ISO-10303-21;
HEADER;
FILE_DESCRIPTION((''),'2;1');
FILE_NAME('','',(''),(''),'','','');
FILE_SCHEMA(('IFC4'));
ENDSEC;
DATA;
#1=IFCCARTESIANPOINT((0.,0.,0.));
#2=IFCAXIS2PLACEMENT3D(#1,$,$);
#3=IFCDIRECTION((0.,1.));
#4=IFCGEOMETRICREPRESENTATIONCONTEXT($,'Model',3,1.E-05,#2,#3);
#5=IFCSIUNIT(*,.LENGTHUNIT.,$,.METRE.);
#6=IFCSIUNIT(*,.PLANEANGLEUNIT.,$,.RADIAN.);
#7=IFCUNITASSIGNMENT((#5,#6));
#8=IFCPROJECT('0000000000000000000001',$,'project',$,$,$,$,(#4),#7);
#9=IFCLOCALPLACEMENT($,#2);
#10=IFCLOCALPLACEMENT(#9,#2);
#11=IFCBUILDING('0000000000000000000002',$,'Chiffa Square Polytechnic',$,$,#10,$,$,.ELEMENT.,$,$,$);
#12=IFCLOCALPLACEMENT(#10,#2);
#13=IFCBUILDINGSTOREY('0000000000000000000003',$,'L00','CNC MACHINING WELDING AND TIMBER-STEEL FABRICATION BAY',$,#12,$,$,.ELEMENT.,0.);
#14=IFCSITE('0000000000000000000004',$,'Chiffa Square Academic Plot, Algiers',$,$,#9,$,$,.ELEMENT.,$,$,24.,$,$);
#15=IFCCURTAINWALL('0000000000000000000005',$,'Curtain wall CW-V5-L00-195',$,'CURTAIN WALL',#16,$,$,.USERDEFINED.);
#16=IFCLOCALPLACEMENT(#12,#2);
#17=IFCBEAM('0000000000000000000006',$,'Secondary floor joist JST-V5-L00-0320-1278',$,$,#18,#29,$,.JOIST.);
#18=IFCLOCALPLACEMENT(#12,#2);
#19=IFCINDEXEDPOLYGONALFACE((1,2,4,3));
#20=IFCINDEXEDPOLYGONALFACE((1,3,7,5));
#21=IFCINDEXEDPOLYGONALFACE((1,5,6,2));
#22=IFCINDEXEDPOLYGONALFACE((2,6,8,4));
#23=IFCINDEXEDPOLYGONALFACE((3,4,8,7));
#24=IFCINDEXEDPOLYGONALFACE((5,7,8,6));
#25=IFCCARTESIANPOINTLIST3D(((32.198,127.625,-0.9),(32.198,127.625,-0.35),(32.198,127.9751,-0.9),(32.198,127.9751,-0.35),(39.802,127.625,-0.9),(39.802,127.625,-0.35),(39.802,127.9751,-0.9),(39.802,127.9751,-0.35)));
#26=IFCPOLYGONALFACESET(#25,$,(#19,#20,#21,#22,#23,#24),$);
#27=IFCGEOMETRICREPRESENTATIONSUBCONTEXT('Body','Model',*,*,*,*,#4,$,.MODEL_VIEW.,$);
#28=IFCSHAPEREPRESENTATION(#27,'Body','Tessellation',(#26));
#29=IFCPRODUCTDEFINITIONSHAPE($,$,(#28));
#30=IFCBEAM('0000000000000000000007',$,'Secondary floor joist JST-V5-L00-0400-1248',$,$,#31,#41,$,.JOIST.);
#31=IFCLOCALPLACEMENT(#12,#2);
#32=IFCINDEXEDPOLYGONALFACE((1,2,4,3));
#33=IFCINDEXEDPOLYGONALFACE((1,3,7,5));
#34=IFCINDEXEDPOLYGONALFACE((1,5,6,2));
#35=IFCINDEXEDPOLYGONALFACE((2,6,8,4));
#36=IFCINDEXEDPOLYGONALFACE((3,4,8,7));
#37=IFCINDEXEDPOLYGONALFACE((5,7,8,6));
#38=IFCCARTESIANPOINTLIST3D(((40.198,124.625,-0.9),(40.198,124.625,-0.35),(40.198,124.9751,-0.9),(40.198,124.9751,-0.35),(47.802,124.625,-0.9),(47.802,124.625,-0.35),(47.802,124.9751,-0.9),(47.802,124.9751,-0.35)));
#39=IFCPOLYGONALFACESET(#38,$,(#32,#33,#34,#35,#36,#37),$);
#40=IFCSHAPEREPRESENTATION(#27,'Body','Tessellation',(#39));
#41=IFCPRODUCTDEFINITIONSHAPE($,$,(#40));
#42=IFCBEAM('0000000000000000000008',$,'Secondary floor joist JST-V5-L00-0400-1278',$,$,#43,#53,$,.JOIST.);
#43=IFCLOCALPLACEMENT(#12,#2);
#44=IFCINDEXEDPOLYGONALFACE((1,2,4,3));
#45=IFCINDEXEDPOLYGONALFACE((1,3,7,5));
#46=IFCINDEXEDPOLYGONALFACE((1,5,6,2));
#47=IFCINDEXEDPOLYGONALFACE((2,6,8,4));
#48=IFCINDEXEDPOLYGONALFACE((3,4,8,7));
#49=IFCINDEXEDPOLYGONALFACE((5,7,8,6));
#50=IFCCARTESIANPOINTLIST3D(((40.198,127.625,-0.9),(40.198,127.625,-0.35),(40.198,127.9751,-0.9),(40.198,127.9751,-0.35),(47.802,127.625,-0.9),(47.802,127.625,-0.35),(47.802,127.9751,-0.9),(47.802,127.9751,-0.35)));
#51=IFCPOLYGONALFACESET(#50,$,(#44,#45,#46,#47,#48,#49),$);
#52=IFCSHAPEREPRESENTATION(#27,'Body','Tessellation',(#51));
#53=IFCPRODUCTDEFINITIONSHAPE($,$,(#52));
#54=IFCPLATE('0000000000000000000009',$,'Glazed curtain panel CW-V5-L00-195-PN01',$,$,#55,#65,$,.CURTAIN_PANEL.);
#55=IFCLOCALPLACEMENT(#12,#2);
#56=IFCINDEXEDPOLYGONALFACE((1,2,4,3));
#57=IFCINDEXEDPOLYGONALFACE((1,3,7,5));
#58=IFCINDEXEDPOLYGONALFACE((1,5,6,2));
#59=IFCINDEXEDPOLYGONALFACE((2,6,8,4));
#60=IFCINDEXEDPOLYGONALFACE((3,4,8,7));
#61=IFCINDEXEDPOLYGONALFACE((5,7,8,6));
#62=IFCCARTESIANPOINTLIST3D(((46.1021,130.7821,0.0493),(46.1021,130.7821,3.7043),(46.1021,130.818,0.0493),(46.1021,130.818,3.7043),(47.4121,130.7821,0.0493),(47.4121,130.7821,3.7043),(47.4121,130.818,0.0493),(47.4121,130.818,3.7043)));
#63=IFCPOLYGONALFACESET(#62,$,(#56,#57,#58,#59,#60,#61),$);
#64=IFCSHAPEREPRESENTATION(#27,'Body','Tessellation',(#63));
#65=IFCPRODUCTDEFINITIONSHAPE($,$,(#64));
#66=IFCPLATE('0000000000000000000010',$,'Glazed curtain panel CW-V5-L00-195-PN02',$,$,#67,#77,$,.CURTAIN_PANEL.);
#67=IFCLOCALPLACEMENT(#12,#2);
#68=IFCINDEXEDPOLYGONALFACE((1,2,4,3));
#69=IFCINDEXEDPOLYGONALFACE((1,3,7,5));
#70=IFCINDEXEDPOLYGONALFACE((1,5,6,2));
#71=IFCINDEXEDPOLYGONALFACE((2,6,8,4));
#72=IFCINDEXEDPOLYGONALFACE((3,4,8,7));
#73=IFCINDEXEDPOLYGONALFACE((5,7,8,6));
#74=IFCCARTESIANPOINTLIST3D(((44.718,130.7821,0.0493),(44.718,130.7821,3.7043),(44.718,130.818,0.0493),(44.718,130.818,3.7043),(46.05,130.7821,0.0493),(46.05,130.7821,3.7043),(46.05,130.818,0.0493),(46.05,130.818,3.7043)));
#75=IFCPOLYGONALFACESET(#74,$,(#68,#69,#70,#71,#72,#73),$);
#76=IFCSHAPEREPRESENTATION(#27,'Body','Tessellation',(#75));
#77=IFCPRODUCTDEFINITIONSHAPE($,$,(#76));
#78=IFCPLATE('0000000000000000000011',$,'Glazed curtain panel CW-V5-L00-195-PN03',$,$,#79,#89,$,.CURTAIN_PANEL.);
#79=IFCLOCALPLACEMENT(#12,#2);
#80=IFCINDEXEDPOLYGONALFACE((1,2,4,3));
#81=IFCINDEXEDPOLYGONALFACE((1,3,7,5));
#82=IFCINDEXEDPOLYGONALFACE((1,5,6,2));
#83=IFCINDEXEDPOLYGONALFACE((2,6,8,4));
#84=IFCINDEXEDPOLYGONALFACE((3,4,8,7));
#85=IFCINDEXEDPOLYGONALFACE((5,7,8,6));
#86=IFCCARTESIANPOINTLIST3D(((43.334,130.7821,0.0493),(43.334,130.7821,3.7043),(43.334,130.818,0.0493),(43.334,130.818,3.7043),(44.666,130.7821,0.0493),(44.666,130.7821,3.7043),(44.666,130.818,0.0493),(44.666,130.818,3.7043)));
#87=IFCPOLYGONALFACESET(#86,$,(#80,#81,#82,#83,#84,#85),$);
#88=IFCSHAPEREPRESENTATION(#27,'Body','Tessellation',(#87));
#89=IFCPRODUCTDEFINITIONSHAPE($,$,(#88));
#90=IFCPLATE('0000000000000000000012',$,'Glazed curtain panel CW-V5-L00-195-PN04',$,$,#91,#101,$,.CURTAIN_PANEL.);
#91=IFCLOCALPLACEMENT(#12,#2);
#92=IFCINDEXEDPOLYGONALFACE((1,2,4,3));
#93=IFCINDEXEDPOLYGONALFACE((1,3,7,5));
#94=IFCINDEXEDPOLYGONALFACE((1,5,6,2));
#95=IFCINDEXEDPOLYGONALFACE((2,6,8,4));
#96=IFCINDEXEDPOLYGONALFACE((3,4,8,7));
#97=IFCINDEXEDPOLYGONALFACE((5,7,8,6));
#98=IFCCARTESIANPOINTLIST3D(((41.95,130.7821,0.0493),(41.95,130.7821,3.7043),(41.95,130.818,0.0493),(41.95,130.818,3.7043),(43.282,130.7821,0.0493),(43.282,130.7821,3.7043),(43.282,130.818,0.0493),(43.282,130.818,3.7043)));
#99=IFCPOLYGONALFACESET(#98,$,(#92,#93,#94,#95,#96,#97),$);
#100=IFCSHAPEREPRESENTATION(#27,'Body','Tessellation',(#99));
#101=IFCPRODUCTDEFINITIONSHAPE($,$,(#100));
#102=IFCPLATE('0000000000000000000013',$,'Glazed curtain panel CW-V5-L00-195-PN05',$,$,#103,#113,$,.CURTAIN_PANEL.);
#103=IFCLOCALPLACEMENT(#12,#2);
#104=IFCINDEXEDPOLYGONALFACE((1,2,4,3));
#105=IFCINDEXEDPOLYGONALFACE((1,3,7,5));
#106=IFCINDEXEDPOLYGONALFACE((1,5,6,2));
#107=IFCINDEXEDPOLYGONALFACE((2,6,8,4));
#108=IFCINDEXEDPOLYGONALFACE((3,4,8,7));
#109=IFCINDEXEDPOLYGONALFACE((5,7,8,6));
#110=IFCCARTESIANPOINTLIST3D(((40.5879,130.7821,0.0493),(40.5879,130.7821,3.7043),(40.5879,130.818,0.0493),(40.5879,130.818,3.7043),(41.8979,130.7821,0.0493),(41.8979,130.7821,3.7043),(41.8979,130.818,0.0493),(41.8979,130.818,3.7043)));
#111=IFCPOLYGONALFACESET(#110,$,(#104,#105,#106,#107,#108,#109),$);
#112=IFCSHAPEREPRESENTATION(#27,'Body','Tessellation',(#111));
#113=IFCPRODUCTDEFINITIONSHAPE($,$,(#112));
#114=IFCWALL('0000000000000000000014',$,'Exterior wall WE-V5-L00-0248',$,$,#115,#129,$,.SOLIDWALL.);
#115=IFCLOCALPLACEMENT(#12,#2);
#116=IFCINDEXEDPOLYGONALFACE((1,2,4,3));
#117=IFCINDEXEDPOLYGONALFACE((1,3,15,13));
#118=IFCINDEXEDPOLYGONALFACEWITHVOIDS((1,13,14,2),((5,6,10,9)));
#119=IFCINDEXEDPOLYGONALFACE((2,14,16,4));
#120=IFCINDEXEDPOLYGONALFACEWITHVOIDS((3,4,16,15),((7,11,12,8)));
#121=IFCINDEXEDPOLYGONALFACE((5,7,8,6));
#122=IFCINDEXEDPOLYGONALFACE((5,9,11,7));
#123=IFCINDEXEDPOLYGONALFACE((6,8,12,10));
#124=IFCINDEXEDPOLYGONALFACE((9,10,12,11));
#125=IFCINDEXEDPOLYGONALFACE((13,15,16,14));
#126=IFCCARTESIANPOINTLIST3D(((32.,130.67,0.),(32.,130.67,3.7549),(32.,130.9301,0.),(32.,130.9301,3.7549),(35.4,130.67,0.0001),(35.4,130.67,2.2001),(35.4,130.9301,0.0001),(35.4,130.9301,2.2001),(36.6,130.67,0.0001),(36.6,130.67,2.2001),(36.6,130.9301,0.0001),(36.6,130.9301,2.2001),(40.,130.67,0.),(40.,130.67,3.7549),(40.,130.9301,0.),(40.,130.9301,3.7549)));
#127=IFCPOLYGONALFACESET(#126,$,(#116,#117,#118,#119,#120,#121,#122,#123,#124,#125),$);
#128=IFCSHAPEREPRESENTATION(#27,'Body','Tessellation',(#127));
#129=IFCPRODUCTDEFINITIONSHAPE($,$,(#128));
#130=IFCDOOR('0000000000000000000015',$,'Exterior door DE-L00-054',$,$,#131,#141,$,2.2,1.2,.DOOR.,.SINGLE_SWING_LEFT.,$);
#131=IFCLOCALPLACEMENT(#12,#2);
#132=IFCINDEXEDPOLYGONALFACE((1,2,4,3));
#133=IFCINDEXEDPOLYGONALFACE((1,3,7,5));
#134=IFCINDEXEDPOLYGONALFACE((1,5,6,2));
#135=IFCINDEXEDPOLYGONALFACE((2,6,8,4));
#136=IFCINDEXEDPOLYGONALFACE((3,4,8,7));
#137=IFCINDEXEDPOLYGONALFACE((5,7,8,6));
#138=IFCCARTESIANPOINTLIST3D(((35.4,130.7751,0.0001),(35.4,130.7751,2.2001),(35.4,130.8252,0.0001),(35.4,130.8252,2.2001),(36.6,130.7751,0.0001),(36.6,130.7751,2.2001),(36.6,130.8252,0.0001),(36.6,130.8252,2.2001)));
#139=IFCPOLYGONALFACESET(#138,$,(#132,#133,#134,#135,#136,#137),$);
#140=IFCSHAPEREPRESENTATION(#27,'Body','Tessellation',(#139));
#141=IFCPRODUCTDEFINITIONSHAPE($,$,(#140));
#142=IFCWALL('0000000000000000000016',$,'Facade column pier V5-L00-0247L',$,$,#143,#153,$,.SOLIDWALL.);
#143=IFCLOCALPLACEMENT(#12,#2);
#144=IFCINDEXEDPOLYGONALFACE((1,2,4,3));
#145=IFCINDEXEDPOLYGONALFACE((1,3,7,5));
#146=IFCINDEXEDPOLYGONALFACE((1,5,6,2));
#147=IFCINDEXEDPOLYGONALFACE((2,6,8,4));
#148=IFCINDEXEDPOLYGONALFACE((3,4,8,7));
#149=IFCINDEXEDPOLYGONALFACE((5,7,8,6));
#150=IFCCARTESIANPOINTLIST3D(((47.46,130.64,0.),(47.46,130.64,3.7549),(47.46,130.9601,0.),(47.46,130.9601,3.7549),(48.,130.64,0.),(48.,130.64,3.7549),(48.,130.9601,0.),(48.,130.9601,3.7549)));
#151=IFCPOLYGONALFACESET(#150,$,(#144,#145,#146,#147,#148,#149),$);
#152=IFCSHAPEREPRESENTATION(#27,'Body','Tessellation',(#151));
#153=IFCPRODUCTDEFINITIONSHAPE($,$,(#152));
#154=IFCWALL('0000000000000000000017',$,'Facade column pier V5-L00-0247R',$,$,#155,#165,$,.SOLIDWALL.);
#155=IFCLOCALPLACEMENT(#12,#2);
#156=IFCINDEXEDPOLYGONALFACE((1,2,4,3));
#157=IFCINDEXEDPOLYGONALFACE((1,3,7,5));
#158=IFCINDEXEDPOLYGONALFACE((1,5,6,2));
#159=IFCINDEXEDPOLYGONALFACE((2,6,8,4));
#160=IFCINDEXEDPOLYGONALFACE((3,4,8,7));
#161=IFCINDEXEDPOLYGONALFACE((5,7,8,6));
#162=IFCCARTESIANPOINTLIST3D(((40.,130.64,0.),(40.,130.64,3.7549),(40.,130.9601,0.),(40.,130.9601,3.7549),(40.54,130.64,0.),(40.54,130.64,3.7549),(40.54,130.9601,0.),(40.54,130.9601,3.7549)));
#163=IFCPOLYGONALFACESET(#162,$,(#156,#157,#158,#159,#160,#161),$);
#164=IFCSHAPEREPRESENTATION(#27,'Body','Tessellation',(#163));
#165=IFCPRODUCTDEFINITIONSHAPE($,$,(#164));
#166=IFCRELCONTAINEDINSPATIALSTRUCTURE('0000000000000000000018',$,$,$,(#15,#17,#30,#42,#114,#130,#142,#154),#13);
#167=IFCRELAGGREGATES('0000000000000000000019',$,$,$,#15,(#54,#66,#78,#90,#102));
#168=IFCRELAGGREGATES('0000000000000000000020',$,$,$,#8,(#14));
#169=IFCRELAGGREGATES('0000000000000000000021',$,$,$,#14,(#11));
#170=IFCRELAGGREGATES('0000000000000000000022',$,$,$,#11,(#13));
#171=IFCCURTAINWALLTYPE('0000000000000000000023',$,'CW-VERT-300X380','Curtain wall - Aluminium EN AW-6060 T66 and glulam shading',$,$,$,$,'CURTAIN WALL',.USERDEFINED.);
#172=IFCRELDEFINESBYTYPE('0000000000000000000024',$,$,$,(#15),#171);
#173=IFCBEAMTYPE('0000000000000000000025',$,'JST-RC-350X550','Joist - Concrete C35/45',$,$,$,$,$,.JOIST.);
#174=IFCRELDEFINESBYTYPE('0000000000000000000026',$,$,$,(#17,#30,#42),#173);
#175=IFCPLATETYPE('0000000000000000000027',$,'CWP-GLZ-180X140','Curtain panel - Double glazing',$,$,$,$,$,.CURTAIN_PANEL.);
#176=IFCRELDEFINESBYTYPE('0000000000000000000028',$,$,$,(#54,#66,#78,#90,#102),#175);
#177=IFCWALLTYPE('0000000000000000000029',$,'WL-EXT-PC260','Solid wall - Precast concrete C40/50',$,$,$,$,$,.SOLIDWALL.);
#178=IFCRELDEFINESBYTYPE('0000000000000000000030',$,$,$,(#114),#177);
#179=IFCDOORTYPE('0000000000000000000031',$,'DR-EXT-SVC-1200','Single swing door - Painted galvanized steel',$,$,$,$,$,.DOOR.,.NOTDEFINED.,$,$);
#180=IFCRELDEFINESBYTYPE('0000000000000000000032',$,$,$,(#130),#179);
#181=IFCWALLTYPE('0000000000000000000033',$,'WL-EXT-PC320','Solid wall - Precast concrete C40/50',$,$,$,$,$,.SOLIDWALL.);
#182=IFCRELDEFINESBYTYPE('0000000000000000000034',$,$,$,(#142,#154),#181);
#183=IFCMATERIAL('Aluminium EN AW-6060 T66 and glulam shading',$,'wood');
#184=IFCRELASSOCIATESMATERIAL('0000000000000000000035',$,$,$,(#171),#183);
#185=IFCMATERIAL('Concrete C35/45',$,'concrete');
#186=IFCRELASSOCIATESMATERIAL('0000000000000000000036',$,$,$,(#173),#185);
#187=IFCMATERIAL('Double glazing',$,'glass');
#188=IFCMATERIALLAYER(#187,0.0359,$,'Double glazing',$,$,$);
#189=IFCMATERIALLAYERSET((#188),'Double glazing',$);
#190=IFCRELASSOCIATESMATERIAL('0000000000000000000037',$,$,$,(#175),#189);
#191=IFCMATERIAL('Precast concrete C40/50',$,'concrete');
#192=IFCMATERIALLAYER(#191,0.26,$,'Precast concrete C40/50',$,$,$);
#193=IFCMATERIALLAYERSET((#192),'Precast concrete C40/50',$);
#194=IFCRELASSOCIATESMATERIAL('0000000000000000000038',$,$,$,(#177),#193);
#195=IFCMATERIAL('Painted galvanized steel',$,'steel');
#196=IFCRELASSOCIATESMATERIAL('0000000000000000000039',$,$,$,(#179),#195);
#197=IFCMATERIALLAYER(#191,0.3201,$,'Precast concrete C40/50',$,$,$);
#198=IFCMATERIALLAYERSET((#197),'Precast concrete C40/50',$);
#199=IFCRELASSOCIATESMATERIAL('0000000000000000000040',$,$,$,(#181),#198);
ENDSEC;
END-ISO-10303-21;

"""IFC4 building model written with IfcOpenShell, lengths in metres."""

from ifc_helpers import new_model, si_unit, direction, frame, frame_2d, origin, origin_2d, place, context, subcontext, project, spatial, rectangle, extrude, material, layer, layer_set, material_profile, profile_set, type_object, element, fill, aggregate, save


model = new_model("IFC4")

# Units and contexts
model_context = context("Model", 3, precision=1e-05, world=origin(), true_north=direction((0.0, 1.0)))
body_context = subcontext(model_context, "Body", "Model", "MODEL_VIEW")
ifc_project = project(units=[si_unit("LENGTHUNIT", "METRE"), si_unit("PLANEANGLEUNIT", "RADIAN")], contexts=[model_context])

# Site, building, storey
site_placement = place(None, origin())
site = spatial("IfcSite", under=ifc_project, at=site_placement, Name="Chiffa Square Academic Plot, Algiers", CompositionType="ELEMENT", RefElevation=24.0)
building_placement = place(site_placement, origin())
building = spatial("IfcBuilding", under=site, at=building_placement, Name="Chiffa Square Polytechnic", CompositionType="ELEMENT")
storey_placement = place(building_placement, origin())
storey = spatial("IfcBuildingStorey", under=building, at=storey_placement, Name="L00", Description="CNC MACHINING WELDING AND TIMBER-STEEL FABRICATION BAY", CompositionType="ELEMENT", Elevation=0.0)

# Shared definitions
ifc_material_1 = material(Name="Concrete C35/45", Category="concrete")

# Curtain wall
ifc_material_2 = material(Name="Aluminium EN AW-6060 T66 and glulam shading", Category="wood")
curtain_wall_type = type_object("IfcCurtainWallType", Name="CW-VERT-300X380", Description="Curtain wall - Aluminium EN AW-6060 T66 and glulam shading", ElementType="CURTAIN WALL", PredefinedType="USERDEFINED", material=ifc_material_2)
curtain_wall_placement = place(storey_placement, origin())
curtain_wall = element("IfcCurtainWall", 1, at=curtain_wall_placement, inside=storey, type_object=curtain_wall_type, Name="Curtain wall CW-V5-L00-195", ObjectType="CURTAIN WALL", PredefinedType="USERDEFINED")

# Beams
ifc_material_profile_1 = material_profile(ifc_material_1, rectangle(XDim=0.3501, YDim=0.55, at=origin_2d()), Name="RC 350x550")
ifc_profile_set_1 = profile_set([ifc_material_profile_1], Name="Concrete C35/45")
beam_type_1 = type_object("IfcBeamType", Name="JST-RC-350X550", Description="Joist - Concrete C35/45", PredefinedType="JOIST", material=ifc_profile_set_1)
for number, where, z_axis, x_axis, name in (
    (2, (32.198, 127.8, -0.625), (1.0, 0.0, 0.0), (0.0, 1.0, 0.0), "Secondary floor joist JST-V5-L00-0320-1278"),
    (3, (40.198, 124.8, -0.625), (1.0, 0.0, 0.0), (0.0, 1.0, 0.0), "Secondary floor joist JST-V5-L00-0400-1248"),
    (4, (40.198, 127.8, -0.625), (1.0, 0.0, 0.0), (0.0, 1.0, 0.0), "Secondary floor joist JST-V5-L00-0400-1278"),
):
    element("IfcBeam", number, at=place(storey_placement, frame(where, z_axis=z_axis, x_axis=x_axis)), inside=storey, type_object=beam_type_1, Name=name, PredefinedType="JOIST", context=body_context, shape_type="SweptSolid", body=[
        extrude(rectangle(XDim=0.3501, YDim=0.55, at=origin_2d()), origin(), (0.0, 0.0, 1.0), 7.604),
    ])

# Plates
ifc_material_3 = material(Name="Double glazing", Category="glass")
ifc_layer_1 = layer(ifc_material_3, 0.0359, Name="Double glazing")
ifc_layer_set_1 = layer_set([ifc_layer_1], Name="Double glazing")
plate_type = type_object("IfcPlateType", Name="CWP-GLZ-180X140", Description="Curtain panel - Double glazing", PredefinedType="CURTAIN_PANEL", material=ifc_layer_set_1)
plate_1_placement = place(storey_placement, frame((46.7571, 130.8, 0.0493), z_axis=(0.0, 0.0, 1.0), x_axis=(-1.0, 0.0, 0.0)))
plate_1 = element("IfcPlate", 5, at=plate_1_placement, type_object=plate_type, Name="Glazed curtain panel CW-V5-L00-195-PN01", PredefinedType="CURTAIN_PANEL", context=body_context, shape_type="SweptSolid", body=[
    extrude(rectangle(XDim=1.3101, YDim=0.0359, at=origin_2d()), origin(), (0.0, 0.0, 1.0), 3.655),
])
plate_2_placement = place(storey_placement, frame((45.384, 130.8, 0.0493), z_axis=(0.0, 0.0, 1.0), x_axis=(-1.0, 0.0, 0.0)))
plate_2 = element("IfcPlate", 6, at=plate_2_placement, type_object=plate_type, Name="Glazed curtain panel CW-V5-L00-195-PN02", PredefinedType="CURTAIN_PANEL", context=body_context, shape_type="SweptSolid", body=[
    extrude(rectangle(XDim=1.332, YDim=0.0359, at=origin_2d()), origin(), (0.0, 0.0, 1.0), 3.655),
])
plate_3_placement = place(storey_placement, frame((44.0, 130.8, 0.0493), z_axis=(0.0, 0.0, 1.0), x_axis=(-1.0, 0.0, 0.0)))
plate_3 = element("IfcPlate", 7, at=plate_3_placement, type_object=plate_type, Name="Glazed curtain panel CW-V5-L00-195-PN03", PredefinedType="CURTAIN_PANEL", context=body_context, shape_type="SweptSolid", body=[
    extrude(rectangle(XDim=1.332, YDim=0.0359, at=origin_2d()), origin(), (0.0, 0.0, 1.0), 3.655),
])
plate_4_placement = place(storey_placement, frame((42.616, 130.8, 0.0493), z_axis=(0.0, 0.0, 1.0), x_axis=(-1.0, 0.0, 0.0)))
plate_4 = element("IfcPlate", 8, at=plate_4_placement, type_object=plate_type, Name="Glazed curtain panel CW-V5-L00-195-PN04", PredefinedType="CURTAIN_PANEL", context=body_context, shape_type="SweptSolid", body=[
    extrude(rectangle(XDim=1.332, YDim=0.0359, at=origin_2d()), origin(), (0.0, 0.0, 1.0), 3.655),
])
plate_5_placement = place(storey_placement, frame((41.2429, 130.8, 0.0493), z_axis=(0.0, 0.0, 1.0), x_axis=(-1.0, 0.0, 0.0)))
plate_5 = element("IfcPlate", 9, at=plate_5_placement, type_object=plate_type, Name="Glazed curtain panel CW-V5-L00-195-PN05", PredefinedType="CURTAIN_PANEL", context=body_context, shape_type="SweptSolid", body=[
    extrude(rectangle(XDim=1.3101, YDim=0.0359, at=origin_2d()), origin(), (0.0, 0.0, 1.0), 3.655),
])
aggregate(curtain_wall, [plate_1, plate_2, plate_3, plate_4, plate_5])

# Wall, opening, door
ifc_material_4 = material(Name="Precast concrete C40/50", Category="concrete")
ifc_layer_2 = layer(ifc_material_4, 0.26, Name="Precast concrete C40/50")
ifc_layer_set_2 = layer_set([ifc_layer_2], Name="Precast concrete C40/50")
wall_type_1 = type_object("IfcWallType", Name="WL-EXT-PC260", Description="Solid wall - Precast concrete C40/50", PredefinedType="SOLIDWALL", material=ifc_layer_set_2)
wall_placement = place(storey_placement, frame((40.0, 130.8, 0.0), z_axis=(0.0, 0.0, 1.0), x_axis=(-1.0, 0.0, 0.0)))
wall = element("IfcWall", 10, at=wall_placement, inside=storey, type_object=wall_type_1, Name="Exterior wall WE-V5-L00-0248", PredefinedType="SOLIDWALL", context=body_context, shape_type="SweptSolid", body=[
    extrude(rectangle(XDim=8.0, YDim=0.26, at=frame_2d((4.0, 0.0))), origin(), (0.0, 0.0, 1.0), 3.7549),
])
opening_placement = place(wall_placement, frame((3.3999, 0.0, 0.0)))
opening = element("IfcOpeningElement", 11, at=opening_placement, cuts=wall, PredefinedType="OPENING", context=body_context, shape_type="SweptSolid", body=[
    extrude(rectangle(XDim=1.2, YDim=2.2, at=frame_2d((0.6001, 1.1001))), frame((0.0, 0.1401, 0.0), z_axis=(0.0, -1.0, 0.0), x_axis=(1.0, 0.0, 0.0)), (0.0, 0.0, 1.0), 0.28),
])
ifc_material_5 = material(Name="Painted galvanized steel", Category="steel")
door_type = type_object("IfcDoorType", Name="DR-EXT-SVC-1200", Description="Single swing door - Painted galvanized steel", OperationType="NOTDEFINED", PredefinedType="DOOR", material=ifc_material_5)
door_placement = place(opening_placement, origin())
door = element("IfcDoor", 12, at=door_placement, inside=storey, type_object=door_type, Name="Exterior door DE-L00-054", OperationType="SINGLE_SWING_LEFT", OverallHeight=2.2, OverallWidth=1.2, PredefinedType="DOOR", context=body_context, shape_type="SweptSolid", body=[
    extrude(rectangle(XDim=1.2, YDim=2.2, at=frame_2d((0.6001, 1.1001))), frame((0.0, 0.0249, 0.0), z_axis=(0.0, -1.0, 0.0), x_axis=(1.0, 0.0, 0.0)), (0.0, 0.0, 1.0), 0.05),
])
fill(opening, door)

# Walls
ifc_layer_3 = layer(ifc_material_4, 0.3201, Name="Precast concrete C40/50")
ifc_layer_set_3 = layer_set([ifc_layer_3], Name="Precast concrete C40/50")
wall_type_2 = type_object("IfcWallType", Name="WL-EXT-PC320", Description="Solid wall - Precast concrete C40/50", PredefinedType="SOLIDWALL", material=ifc_layer_set_3)
for number, where, z_axis, x_axis, name in (
    (13, (48.0, 130.8, 0.0), (0.0, 0.0, 1.0), (-1.0, 0.0, 0.0), "Facade column pier V5-L00-0247L"),
    (14, (40.54, 130.8, 0.0), (0.0, 0.0, 1.0), (-1.0, 0.0, 0.0), "Facade column pier V5-L00-0247R"),
):
    element("IfcWall", number, at=place(storey_placement, frame(where, z_axis=z_axis, x_axis=x_axis)), inside=storey, type_object=wall_type_2, Name=name, PredefinedType="SOLIDWALL", context=body_context, shape_type="SweptSolid", body=[
        extrude(rectangle(XDim=0.54, YDim=0.3201, at=frame_2d((0.27, 0.0))), origin(), (0.0, 0.0, 1.0), 3.7549),
    ])

save(model, "model.ifc")
